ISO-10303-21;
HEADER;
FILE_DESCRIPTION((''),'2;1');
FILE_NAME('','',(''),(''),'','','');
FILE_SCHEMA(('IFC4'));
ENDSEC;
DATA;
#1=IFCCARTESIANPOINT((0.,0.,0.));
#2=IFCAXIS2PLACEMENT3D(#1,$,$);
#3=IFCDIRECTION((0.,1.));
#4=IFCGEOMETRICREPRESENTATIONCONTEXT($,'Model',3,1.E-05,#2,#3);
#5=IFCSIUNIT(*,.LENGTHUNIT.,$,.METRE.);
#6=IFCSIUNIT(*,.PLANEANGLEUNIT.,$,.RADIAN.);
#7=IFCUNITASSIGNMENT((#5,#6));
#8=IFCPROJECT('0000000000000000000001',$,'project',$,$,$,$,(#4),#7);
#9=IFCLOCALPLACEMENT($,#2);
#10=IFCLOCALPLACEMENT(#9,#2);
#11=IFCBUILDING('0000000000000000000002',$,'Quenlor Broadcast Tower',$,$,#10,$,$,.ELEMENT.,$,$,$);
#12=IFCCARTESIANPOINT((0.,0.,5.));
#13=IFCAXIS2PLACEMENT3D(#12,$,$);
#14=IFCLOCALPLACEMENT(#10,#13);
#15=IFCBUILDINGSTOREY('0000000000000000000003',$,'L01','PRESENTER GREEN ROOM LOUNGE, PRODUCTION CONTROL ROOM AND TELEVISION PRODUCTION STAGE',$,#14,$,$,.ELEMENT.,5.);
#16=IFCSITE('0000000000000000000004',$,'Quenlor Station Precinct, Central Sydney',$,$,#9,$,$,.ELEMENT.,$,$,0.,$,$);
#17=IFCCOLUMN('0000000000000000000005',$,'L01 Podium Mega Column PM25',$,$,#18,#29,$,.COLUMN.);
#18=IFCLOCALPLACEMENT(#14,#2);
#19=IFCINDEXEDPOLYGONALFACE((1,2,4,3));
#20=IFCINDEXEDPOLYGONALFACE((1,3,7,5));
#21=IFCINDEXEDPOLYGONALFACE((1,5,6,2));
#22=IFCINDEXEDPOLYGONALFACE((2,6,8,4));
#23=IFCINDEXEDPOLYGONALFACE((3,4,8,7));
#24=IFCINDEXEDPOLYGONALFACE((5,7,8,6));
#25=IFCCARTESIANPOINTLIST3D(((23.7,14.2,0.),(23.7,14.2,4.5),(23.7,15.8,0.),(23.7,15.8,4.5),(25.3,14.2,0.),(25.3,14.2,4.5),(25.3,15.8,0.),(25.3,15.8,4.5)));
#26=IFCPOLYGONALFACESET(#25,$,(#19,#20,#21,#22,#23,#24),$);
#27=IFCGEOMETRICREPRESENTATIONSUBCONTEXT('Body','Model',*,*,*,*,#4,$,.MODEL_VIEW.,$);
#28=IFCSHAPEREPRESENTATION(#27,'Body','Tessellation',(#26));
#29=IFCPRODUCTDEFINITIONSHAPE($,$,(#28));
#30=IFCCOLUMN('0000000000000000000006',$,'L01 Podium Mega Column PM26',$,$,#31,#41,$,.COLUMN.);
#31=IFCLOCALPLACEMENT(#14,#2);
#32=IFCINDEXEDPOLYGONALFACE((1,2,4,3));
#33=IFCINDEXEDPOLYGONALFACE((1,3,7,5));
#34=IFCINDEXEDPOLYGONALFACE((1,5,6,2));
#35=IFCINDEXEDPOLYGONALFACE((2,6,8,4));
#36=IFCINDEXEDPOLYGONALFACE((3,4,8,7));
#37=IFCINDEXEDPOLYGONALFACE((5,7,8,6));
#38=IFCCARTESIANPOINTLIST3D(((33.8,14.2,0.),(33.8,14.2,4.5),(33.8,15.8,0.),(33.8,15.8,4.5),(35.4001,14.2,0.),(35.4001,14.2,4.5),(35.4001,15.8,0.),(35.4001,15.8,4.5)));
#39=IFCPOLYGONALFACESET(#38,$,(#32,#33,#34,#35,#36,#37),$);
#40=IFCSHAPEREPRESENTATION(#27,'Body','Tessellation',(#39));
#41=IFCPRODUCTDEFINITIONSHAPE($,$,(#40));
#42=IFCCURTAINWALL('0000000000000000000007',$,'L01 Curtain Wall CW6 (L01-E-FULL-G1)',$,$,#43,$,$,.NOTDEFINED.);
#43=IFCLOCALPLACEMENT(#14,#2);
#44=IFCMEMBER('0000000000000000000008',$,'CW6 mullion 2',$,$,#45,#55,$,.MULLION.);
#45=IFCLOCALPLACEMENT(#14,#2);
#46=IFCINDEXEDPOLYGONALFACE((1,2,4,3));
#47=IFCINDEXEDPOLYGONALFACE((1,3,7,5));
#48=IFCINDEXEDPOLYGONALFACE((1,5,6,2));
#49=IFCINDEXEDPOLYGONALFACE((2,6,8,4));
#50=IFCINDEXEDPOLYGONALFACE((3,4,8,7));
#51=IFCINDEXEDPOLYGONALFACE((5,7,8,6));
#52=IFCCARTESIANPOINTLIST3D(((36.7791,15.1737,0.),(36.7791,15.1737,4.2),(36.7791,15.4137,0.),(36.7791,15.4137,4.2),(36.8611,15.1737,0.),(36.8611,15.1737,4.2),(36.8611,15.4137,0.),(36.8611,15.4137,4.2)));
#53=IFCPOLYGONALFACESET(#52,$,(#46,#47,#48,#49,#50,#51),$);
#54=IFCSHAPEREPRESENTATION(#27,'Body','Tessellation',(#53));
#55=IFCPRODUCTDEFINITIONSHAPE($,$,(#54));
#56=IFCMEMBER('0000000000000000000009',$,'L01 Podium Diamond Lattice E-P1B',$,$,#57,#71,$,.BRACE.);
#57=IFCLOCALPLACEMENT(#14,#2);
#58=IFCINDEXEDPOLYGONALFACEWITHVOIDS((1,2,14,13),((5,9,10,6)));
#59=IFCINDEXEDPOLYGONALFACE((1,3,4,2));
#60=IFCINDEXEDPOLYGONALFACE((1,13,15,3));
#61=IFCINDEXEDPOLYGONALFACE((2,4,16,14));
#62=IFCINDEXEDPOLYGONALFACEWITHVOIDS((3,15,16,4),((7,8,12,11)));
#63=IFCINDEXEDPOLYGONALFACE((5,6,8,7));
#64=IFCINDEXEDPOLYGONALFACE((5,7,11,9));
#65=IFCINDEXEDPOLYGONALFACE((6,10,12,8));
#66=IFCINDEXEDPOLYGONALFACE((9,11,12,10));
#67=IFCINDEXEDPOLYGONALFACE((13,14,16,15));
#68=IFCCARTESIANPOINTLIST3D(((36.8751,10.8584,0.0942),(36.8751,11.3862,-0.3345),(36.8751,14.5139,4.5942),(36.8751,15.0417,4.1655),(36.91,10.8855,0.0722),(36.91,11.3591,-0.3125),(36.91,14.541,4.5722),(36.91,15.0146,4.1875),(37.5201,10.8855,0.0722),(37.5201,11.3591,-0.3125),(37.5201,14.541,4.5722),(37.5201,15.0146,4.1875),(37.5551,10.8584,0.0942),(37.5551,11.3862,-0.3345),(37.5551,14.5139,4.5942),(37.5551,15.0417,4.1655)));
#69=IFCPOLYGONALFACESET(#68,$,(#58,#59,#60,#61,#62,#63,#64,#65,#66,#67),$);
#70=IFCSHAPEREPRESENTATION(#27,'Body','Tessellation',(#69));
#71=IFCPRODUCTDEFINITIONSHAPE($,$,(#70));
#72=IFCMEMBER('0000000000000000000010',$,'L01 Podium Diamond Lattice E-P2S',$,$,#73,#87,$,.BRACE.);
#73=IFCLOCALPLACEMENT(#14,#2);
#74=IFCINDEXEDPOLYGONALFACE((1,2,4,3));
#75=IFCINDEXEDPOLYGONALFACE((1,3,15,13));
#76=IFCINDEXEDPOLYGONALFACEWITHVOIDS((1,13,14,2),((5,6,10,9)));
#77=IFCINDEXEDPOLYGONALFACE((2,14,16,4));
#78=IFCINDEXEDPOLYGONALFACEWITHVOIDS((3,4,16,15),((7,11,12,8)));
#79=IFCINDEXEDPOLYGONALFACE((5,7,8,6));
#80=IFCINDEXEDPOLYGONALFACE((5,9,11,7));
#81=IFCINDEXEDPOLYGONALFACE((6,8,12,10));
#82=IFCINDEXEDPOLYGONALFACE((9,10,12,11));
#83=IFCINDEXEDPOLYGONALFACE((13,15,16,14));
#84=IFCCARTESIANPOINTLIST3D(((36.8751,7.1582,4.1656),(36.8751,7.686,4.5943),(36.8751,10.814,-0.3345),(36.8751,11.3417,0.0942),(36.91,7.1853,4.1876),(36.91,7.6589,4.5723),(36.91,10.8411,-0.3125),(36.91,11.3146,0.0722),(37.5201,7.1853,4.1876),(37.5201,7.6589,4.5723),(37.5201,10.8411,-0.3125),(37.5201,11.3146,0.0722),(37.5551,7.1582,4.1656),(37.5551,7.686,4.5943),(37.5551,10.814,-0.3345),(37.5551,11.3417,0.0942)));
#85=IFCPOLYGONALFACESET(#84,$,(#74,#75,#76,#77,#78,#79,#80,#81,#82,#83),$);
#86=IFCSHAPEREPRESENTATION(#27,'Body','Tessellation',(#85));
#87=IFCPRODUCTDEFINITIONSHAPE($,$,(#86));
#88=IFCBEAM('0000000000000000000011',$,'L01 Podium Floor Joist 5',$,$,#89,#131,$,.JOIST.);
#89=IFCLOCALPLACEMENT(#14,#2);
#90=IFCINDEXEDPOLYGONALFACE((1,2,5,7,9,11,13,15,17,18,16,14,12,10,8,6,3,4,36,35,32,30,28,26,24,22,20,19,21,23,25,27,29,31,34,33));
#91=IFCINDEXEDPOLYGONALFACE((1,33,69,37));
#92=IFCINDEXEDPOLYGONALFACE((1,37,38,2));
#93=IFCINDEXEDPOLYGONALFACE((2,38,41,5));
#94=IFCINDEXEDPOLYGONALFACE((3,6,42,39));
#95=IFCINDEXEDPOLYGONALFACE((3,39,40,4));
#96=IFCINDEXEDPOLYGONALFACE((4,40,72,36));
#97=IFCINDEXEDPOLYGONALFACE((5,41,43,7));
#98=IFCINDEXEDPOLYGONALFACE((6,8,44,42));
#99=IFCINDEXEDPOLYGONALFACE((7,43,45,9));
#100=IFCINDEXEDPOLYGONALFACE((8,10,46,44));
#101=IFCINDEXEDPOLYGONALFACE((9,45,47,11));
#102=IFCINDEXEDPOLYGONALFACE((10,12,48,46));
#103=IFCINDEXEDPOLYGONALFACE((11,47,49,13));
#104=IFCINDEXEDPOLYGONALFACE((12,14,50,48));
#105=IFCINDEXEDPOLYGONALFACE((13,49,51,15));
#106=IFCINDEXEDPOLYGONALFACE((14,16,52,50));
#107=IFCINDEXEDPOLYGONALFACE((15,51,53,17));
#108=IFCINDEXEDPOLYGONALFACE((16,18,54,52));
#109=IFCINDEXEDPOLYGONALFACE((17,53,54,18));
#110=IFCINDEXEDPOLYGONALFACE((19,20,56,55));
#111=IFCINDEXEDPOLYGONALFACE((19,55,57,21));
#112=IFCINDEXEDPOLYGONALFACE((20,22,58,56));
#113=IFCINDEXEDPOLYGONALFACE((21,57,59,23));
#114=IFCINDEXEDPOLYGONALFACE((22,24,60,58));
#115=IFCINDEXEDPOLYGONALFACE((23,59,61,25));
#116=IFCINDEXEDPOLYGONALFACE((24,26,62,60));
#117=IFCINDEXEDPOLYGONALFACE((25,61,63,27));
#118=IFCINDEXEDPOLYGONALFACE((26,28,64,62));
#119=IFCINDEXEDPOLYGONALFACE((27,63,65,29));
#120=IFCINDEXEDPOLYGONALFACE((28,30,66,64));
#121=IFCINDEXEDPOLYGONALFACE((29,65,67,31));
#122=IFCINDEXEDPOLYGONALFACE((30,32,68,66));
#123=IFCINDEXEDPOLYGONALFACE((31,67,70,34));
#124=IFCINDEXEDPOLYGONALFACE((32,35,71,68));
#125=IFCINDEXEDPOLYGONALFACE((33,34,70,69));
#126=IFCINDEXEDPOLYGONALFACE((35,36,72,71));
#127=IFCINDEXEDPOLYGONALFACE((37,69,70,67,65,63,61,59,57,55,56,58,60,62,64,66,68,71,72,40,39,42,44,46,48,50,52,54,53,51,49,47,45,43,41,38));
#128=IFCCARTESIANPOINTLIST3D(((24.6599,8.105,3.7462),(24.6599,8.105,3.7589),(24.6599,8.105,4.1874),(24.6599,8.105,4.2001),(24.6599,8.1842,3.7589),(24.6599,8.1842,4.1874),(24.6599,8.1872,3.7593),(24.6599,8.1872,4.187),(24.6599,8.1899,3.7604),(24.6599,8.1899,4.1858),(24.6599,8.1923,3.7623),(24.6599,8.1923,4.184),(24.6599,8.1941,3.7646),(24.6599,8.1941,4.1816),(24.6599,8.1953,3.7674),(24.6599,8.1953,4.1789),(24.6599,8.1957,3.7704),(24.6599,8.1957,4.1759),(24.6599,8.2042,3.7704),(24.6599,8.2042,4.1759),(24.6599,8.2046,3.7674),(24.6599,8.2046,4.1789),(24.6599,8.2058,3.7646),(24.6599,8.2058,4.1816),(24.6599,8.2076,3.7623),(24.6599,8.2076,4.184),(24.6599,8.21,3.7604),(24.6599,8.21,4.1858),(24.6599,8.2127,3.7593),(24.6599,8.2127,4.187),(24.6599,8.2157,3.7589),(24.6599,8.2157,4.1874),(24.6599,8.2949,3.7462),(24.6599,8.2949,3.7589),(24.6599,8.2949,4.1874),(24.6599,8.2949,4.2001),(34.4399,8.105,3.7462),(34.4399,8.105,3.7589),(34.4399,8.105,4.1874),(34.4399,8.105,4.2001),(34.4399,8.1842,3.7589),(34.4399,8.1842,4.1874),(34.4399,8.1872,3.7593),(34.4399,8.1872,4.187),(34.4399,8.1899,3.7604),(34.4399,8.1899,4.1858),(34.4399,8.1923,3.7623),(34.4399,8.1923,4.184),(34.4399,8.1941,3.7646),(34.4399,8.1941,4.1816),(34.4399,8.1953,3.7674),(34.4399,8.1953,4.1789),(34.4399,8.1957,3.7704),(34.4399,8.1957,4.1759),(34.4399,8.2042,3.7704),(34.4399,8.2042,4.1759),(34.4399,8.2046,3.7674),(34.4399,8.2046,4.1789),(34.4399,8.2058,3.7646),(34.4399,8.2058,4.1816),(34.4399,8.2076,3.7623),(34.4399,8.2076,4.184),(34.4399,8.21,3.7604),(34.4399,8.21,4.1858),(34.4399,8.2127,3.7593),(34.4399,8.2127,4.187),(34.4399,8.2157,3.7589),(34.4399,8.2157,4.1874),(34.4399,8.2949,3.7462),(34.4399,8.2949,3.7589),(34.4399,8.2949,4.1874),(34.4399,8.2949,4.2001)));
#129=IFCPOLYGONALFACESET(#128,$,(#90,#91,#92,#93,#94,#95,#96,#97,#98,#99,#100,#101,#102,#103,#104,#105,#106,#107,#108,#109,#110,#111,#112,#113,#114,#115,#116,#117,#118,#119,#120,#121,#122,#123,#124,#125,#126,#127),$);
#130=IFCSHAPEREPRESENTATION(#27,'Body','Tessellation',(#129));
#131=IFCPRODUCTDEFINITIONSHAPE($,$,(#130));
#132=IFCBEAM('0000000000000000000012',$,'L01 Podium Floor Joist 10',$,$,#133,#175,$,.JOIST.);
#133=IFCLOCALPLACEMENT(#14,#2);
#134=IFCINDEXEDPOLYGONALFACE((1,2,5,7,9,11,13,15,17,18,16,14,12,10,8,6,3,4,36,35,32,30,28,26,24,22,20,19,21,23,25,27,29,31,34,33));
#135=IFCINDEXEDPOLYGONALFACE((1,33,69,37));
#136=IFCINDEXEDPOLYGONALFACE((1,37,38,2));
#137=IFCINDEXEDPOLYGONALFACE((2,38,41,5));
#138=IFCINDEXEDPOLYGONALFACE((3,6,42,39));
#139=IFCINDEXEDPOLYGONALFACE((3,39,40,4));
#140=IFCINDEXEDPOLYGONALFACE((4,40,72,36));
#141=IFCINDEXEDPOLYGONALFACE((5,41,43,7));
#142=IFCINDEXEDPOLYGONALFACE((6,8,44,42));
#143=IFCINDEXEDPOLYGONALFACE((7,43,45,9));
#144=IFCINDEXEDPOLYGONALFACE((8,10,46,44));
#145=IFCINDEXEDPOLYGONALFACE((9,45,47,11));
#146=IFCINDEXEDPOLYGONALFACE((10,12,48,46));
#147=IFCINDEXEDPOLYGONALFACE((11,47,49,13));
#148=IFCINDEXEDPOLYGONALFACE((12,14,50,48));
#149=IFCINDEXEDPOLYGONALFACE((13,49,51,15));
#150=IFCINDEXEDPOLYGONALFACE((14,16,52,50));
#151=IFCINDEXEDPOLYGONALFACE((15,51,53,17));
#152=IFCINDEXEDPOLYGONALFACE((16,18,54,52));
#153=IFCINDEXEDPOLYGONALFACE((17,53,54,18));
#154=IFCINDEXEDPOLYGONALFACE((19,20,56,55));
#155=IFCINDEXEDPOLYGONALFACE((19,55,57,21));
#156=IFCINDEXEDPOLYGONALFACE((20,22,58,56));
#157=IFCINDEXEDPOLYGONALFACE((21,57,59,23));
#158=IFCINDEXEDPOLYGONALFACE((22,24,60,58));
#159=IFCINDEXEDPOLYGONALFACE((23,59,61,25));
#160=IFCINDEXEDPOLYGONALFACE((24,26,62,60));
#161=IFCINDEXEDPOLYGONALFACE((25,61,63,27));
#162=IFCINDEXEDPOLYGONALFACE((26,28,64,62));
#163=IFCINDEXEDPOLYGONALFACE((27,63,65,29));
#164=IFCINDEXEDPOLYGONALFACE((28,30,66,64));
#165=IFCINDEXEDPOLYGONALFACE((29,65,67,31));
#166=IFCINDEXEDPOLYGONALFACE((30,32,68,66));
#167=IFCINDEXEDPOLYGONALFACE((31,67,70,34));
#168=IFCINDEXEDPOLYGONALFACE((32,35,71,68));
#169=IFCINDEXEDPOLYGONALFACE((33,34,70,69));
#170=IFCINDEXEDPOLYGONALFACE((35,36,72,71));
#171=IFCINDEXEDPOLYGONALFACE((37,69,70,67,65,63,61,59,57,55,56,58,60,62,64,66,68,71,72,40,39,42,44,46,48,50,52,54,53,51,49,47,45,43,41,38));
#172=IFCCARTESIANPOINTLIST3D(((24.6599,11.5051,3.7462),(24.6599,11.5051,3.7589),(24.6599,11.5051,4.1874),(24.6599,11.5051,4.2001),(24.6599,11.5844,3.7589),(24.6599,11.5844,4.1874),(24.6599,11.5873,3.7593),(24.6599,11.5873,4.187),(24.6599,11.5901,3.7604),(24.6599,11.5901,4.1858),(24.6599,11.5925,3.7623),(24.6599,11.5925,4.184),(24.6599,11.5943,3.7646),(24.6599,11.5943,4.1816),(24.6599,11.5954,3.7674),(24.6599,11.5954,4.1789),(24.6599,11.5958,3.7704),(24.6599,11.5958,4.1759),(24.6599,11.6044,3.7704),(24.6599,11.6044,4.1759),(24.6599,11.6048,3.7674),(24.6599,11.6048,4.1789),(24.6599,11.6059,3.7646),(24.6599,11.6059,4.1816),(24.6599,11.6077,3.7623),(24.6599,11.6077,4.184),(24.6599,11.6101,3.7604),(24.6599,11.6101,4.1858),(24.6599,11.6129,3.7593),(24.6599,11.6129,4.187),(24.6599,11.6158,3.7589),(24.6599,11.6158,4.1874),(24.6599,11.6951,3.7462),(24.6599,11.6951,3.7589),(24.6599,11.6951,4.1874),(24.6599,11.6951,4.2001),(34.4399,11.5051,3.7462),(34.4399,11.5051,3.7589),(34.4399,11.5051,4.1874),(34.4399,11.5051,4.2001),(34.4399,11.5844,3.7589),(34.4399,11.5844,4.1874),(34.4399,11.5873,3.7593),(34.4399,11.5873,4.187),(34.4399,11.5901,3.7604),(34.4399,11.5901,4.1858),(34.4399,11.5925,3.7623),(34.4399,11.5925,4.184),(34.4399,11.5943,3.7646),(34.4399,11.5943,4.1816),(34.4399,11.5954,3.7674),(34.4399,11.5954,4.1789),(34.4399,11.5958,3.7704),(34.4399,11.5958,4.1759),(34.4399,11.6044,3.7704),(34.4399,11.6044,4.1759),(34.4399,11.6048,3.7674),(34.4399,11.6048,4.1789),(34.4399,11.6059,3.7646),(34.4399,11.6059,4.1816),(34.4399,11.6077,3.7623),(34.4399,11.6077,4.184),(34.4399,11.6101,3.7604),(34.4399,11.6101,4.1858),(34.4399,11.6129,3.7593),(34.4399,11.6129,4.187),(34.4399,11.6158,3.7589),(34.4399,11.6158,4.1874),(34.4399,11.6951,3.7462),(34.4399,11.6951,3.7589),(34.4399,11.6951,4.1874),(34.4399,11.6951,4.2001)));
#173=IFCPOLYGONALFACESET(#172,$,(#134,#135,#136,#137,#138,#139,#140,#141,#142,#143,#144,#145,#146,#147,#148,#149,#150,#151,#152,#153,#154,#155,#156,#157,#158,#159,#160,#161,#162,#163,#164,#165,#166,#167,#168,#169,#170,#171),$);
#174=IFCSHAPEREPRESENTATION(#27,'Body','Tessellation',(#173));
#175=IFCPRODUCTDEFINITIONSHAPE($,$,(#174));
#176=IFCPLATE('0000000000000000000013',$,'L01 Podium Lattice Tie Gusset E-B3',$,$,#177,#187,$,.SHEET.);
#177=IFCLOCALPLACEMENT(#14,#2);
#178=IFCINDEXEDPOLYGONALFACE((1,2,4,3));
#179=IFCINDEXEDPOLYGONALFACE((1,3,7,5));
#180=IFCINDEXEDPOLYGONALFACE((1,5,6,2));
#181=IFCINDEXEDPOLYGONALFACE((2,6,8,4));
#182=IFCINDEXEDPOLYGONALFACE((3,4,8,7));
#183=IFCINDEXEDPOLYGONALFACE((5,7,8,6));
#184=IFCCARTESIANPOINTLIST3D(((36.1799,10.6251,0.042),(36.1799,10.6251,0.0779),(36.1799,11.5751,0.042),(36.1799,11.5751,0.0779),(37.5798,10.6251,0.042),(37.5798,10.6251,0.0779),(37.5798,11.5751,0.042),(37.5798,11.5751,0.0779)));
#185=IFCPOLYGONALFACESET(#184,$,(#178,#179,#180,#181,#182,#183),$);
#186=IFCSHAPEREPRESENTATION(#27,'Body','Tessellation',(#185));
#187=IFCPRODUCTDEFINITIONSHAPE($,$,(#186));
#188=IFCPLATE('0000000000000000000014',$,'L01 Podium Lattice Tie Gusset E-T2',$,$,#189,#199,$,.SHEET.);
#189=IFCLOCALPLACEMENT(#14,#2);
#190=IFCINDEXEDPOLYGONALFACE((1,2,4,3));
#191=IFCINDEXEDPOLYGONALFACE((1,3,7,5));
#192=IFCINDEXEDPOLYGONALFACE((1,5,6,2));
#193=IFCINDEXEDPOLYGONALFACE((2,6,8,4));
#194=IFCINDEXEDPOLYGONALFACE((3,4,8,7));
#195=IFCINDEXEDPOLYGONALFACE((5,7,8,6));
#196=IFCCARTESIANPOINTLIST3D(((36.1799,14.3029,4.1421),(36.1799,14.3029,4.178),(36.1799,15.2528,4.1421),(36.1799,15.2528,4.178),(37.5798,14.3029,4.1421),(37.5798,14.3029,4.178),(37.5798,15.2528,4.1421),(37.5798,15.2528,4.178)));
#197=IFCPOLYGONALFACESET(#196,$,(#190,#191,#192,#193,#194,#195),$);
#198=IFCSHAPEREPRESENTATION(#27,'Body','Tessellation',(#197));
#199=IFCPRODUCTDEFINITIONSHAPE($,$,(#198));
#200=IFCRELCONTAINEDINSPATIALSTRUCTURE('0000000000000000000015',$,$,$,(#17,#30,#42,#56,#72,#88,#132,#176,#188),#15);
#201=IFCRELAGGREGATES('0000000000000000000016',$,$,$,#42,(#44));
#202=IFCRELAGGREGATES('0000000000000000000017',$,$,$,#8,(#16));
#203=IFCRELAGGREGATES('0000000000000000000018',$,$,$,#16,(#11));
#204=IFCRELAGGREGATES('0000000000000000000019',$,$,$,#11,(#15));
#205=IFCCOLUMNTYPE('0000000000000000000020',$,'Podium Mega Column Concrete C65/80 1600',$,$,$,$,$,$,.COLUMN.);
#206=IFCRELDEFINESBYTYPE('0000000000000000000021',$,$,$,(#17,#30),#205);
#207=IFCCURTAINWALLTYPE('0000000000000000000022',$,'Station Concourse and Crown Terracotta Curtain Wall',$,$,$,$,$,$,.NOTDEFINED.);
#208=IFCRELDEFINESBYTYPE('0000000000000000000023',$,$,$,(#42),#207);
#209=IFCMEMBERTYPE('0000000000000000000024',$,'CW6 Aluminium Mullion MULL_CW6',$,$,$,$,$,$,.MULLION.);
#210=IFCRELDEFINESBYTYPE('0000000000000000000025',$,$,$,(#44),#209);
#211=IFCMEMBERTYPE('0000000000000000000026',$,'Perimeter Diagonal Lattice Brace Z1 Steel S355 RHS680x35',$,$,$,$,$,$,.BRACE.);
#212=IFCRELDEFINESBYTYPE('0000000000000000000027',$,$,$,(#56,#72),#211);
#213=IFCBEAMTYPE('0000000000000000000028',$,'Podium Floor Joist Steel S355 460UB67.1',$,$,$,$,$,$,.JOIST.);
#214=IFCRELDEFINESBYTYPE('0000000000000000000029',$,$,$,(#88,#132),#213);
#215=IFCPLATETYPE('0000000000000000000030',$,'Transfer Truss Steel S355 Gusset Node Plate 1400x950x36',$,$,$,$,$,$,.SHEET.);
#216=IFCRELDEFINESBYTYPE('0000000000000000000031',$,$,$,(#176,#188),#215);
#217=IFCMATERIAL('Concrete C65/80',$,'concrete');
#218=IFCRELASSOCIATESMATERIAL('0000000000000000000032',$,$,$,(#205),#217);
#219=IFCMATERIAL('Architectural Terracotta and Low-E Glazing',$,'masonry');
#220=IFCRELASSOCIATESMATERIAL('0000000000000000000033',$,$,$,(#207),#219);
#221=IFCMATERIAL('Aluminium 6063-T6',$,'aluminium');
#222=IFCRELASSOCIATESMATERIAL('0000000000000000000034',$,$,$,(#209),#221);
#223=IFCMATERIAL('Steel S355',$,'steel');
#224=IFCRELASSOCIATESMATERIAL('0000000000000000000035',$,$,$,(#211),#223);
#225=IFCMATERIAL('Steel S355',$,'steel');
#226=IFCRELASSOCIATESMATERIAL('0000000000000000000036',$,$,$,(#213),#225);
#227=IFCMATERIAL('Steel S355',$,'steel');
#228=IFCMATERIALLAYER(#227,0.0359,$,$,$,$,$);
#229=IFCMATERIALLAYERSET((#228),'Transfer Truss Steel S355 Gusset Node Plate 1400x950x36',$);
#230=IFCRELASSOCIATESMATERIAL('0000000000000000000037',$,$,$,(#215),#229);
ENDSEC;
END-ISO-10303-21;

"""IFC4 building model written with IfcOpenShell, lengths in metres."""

from ifc_helpers import new_model, si_unit, direction, frame, origin, origin_2d, place, context, subcontext, project, spatial, rectangle, hollow_rectangle, i_section, extrude, material, layer, layer_set, material_profile, profile_set, type_object, element, aggregate, save


model = new_model("IFC4")

# Units and contexts
model_context = context("Model", 3, precision=1e-05, world=origin(), true_north=direction((0.0, 1.0)))
body_context = subcontext(model_context, "Body", "Model", "MODEL_VIEW")
ifc_project = project(units=[si_unit("LENGTHUNIT", "METRE"), si_unit("PLANEANGLEUNIT", "RADIAN")], contexts=[model_context])

# Site, building, storey
site_placement = place(None, origin())
site = spatial("IfcSite", under=ifc_project, at=site_placement, Name="Quenlor Station Precinct, Central Sydney", CompositionType="ELEMENT", RefElevation=0.0)
building_placement = place(site_placement, origin())
building = spatial("IfcBuilding", under=site, at=building_placement, Name="Quenlor Broadcast Tower", CompositionType="ELEMENT")
storey_placement = place(building_placement, frame((0.0, 0.0, 5.0)))
storey = spatial("IfcBuildingStorey", under=building, at=storey_placement, Name="L01", Description="PRESENTER GREEN ROOM LOUNGE, PRODUCTION CONTROL ROOM AND TELEVISION PRODUCTION STAGE", CompositionType="ELEMENT", Elevation=5.0)

# Columns
ifc_material_1 = material(Name="Concrete C65/80", Category="concrete")
ifc_material_profile_1 = material_profile(ifc_material_1, rectangle(XDim=1.6001, YDim=1.6001, at=origin_2d()))
ifc_profile_set_1 = profile_set([ifc_material_profile_1], Name="Concrete C65/80 RC1600x1600")
column_type = type_object("IfcColumnType", Name="Podium Mega Column Concrete C65/80 1600", PredefinedType="COLUMN", material=ifc_profile_set_1)
for number, where, z_axis, x_axis, name in (
    (1, (24.5, 15.0, 0.0), (0.0, 0.0, 1.0), (1.0, 0.0, 0.0), "L01 Podium Mega Column PM25"),
    (2, (34.6001, 15.0, 0.0), (0.0, 0.0, 1.0), (1.0, 0.0, 0.0), "L01 Podium Mega Column PM26"),
):
    element("IfcColumn", number, at=place(storey_placement, frame(where, z_axis=z_axis, x_axis=x_axis)), inside=storey, type_object=column_type, Name=name, PredefinedType="COLUMN", context=body_context, shape_type="SweptSolid", body=[
        extrude(rectangle(XDim=1.6001, YDim=1.6001, at=origin_2d()), origin(), (0.0, 0.0, 1.0), 4.5),
    ])

# Curtain wall, member
ifc_material_2 = material(Name="Architectural Terracotta and Low-E Glazing", Category="masonry")
curtain_wall_type = type_object("IfcCurtainWallType", Name="Station Concourse and Crown Terracotta Curtain Wall", PredefinedType="NOTDEFINED", material=ifc_material_2)
curtain_wall_placement = place(storey_placement, origin())
curtain_wall = element("IfcCurtainWall", 3, at=curtain_wall_placement, inside=storey, type_object=curtain_wall_type, Name="L01 Curtain Wall CW6 (L01-E-FULL-G1)", PredefinedType="NOTDEFINED")
ifc_material_3 = material(Name="Aluminium 6063-T6", Category="aluminium")
ifc_material_profile_2 = material_profile(ifc_material_3, rectangle(XDim=0.082, YDim=0.24, at=origin_2d()))
ifc_profile_set_2 = profile_set([ifc_material_profile_2], Name="Aluminium 6063-T6 MULL82x240")
member_type_1 = type_object("IfcMemberType", Name="CW6 Aluminium Mullion MULL_CW6", PredefinedType="MULLION", material=ifc_profile_set_2)
member_1_placement = place(storey_placement, frame((36.8201, 15.2937, 0.0), z_axis=(0.0, 0.0, 1.0), x_axis=(1.0, 0.0, 0.0)))
member_1 = element("IfcMember", 4, at=member_1_placement, type_object=member_type_1, Name="CW6 mullion 2", PredefinedType="MULLION", context=body_context, shape_type="SweptSolid", body=[
    extrude(rectangle(XDim=0.082, YDim=0.24, at=origin_2d()), origin(), (0.0, 0.0, 1.0), 4.2),
])
aggregate(curtain_wall, [member_1])

# Members
ifc_material_4 = material(Name="Steel S355", Category="steel")
ifc_material_profile_3 = material_profile(ifc_material_4, hollow_rectangle(XDim=0.6799, YDim=0.6799, WallThickness=0.0349, at=origin_2d()))
ifc_profile_set_3 = profile_set([ifc_material_profile_3], Name="Steel S355 RHS680x680x35")
member_type_2 = type_object("IfcMemberType", Name="Perimeter Diagonal Lattice Brace Z1 Steel S355 RHS680x35", PredefinedType="BRACE", material=ifc_profile_set_3)
member_2_placement = place(storey_placement, frame((37.2151, 11.1223, -0.1201), z_axis=(0.0, 0.630517, 0.776176), x_axis=(-1.0, 0.0, 0.0)))
element("IfcMember", 5, at=member_2_placement, inside=storey, type_object=member_type_2, Name="L01 Podium Diamond Lattice E-P1B", PredefinedType="BRACE", context=body_context, shape_type="SweptSolid", body=[
    extrude(hollow_rectangle(XDim=0.6799, YDim=0.6799, WallThickness=0.0349, at=origin_2d()), origin(), (0.0, 0.0, 1.0), 5.7976),
])
member_3_placement = place(storey_placement, frame((37.2151, 11.0779, -0.1201), z_axis=(0.0, -0.630542, 0.776155), x_axis=(1.0, 0.0, 0.0)))
element("IfcMember", 6, at=member_3_placement, inside=storey, type_object=member_type_2, Name="L01 Podium Diamond Lattice E-P2S", PredefinedType="BRACE", context=body_context, shape_type="SweptSolid", body=[
    extrude(hollow_rectangle(XDim=0.6799, YDim=0.6799, WallThickness=0.0349, at=origin_2d()), origin(), (0.0, 0.0, 1.0), 5.7979),
])

# Beams
ifc_material_5 = material(Name="Steel S355", Category="steel")
ifc_material_profile_4 = material_profile(ifc_material_5, i_section(OverallWidth=0.1899, OverallDepth=0.4539, WebThickness=0.0085, FlangeThickness=0.0127, FilletRadius=0.0115, at=origin_2d()))
ifc_profile_set_4 = profile_set([ifc_material_profile_4], Name="Steel S355 460UB67.1")
beam_type = type_object("IfcBeamType", Name="Podium Floor Joist Steel S355 460UB67.1", PredefinedType="JOIST", material=ifc_profile_set_4)
for number, where, z_axis, x_axis, name in (
    (7, (24.6599, 8.2, 3.9731), (1.0, 0.0, 0.0), (0.0, 1.0, 0.0), "L01 Podium Floor Joist 5"),
    (8, (24.6599, 11.6001, 3.9731), (1.0, 0.0, 0.0), (0.0, 1.0, 0.0), "L01 Podium Floor Joist 10"),
):
    element("IfcBeam", number, at=place(storey_placement, frame(where, z_axis=z_axis, x_axis=x_axis)), inside=storey, type_object=beam_type, Name=name, PredefinedType="JOIST", context=body_context, shape_type="SweptSolid", body=[
        extrude(i_section(OverallWidth=0.1899, OverallDepth=0.4539, WebThickness=0.0085, FlangeThickness=0.0127, FilletRadius=0.0115, at=origin_2d()), origin(), (0.0, 0.0, 1.0), 9.78),
    ])

# Plates
ifc_material_6 = material(Name="Steel S355", Category="steel")
ifc_layer_1 = layer(ifc_material_6, 0.0359)
ifc_layer_set_1 = layer_set([ifc_layer_1], Name="Transfer Truss Steel S355 Gusset Node Plate 1400x950x36")
plate_type = type_object("IfcPlateType", Name="Transfer Truss Steel S355 Gusset Node Plate 1400x950x36", PredefinedType="SHEET", material=ifc_layer_set_1)
for number, where, z_axis, x_axis, name in (
    (9, (36.8799, 11.1001, 0.042), (0.0, 0.0, 1.0), (1.0, 0.0, 0.0), "L01 Podium Lattice Tie Gusset E-B3"),
    (10, (36.8799, 14.7778, 4.1421), (0.0, 0.0, 1.0), (1.0, 0.0, 0.0), "L01 Podium Lattice Tie Gusset E-T2"),
):
    element("IfcPlate", number, at=place(storey_placement, frame(where, z_axis=z_axis, x_axis=x_axis)), inside=storey, type_object=plate_type, Name=name, PredefinedType="SHEET", context=body_context, shape_type="SweptSolid", body=[
        extrude(rectangle(XDim=1.3999, YDim=0.95, at=origin_2d()), origin(), (0.0, 0.0, 1.0), 0.0359),
    ])

save(model, "model.ifc")
